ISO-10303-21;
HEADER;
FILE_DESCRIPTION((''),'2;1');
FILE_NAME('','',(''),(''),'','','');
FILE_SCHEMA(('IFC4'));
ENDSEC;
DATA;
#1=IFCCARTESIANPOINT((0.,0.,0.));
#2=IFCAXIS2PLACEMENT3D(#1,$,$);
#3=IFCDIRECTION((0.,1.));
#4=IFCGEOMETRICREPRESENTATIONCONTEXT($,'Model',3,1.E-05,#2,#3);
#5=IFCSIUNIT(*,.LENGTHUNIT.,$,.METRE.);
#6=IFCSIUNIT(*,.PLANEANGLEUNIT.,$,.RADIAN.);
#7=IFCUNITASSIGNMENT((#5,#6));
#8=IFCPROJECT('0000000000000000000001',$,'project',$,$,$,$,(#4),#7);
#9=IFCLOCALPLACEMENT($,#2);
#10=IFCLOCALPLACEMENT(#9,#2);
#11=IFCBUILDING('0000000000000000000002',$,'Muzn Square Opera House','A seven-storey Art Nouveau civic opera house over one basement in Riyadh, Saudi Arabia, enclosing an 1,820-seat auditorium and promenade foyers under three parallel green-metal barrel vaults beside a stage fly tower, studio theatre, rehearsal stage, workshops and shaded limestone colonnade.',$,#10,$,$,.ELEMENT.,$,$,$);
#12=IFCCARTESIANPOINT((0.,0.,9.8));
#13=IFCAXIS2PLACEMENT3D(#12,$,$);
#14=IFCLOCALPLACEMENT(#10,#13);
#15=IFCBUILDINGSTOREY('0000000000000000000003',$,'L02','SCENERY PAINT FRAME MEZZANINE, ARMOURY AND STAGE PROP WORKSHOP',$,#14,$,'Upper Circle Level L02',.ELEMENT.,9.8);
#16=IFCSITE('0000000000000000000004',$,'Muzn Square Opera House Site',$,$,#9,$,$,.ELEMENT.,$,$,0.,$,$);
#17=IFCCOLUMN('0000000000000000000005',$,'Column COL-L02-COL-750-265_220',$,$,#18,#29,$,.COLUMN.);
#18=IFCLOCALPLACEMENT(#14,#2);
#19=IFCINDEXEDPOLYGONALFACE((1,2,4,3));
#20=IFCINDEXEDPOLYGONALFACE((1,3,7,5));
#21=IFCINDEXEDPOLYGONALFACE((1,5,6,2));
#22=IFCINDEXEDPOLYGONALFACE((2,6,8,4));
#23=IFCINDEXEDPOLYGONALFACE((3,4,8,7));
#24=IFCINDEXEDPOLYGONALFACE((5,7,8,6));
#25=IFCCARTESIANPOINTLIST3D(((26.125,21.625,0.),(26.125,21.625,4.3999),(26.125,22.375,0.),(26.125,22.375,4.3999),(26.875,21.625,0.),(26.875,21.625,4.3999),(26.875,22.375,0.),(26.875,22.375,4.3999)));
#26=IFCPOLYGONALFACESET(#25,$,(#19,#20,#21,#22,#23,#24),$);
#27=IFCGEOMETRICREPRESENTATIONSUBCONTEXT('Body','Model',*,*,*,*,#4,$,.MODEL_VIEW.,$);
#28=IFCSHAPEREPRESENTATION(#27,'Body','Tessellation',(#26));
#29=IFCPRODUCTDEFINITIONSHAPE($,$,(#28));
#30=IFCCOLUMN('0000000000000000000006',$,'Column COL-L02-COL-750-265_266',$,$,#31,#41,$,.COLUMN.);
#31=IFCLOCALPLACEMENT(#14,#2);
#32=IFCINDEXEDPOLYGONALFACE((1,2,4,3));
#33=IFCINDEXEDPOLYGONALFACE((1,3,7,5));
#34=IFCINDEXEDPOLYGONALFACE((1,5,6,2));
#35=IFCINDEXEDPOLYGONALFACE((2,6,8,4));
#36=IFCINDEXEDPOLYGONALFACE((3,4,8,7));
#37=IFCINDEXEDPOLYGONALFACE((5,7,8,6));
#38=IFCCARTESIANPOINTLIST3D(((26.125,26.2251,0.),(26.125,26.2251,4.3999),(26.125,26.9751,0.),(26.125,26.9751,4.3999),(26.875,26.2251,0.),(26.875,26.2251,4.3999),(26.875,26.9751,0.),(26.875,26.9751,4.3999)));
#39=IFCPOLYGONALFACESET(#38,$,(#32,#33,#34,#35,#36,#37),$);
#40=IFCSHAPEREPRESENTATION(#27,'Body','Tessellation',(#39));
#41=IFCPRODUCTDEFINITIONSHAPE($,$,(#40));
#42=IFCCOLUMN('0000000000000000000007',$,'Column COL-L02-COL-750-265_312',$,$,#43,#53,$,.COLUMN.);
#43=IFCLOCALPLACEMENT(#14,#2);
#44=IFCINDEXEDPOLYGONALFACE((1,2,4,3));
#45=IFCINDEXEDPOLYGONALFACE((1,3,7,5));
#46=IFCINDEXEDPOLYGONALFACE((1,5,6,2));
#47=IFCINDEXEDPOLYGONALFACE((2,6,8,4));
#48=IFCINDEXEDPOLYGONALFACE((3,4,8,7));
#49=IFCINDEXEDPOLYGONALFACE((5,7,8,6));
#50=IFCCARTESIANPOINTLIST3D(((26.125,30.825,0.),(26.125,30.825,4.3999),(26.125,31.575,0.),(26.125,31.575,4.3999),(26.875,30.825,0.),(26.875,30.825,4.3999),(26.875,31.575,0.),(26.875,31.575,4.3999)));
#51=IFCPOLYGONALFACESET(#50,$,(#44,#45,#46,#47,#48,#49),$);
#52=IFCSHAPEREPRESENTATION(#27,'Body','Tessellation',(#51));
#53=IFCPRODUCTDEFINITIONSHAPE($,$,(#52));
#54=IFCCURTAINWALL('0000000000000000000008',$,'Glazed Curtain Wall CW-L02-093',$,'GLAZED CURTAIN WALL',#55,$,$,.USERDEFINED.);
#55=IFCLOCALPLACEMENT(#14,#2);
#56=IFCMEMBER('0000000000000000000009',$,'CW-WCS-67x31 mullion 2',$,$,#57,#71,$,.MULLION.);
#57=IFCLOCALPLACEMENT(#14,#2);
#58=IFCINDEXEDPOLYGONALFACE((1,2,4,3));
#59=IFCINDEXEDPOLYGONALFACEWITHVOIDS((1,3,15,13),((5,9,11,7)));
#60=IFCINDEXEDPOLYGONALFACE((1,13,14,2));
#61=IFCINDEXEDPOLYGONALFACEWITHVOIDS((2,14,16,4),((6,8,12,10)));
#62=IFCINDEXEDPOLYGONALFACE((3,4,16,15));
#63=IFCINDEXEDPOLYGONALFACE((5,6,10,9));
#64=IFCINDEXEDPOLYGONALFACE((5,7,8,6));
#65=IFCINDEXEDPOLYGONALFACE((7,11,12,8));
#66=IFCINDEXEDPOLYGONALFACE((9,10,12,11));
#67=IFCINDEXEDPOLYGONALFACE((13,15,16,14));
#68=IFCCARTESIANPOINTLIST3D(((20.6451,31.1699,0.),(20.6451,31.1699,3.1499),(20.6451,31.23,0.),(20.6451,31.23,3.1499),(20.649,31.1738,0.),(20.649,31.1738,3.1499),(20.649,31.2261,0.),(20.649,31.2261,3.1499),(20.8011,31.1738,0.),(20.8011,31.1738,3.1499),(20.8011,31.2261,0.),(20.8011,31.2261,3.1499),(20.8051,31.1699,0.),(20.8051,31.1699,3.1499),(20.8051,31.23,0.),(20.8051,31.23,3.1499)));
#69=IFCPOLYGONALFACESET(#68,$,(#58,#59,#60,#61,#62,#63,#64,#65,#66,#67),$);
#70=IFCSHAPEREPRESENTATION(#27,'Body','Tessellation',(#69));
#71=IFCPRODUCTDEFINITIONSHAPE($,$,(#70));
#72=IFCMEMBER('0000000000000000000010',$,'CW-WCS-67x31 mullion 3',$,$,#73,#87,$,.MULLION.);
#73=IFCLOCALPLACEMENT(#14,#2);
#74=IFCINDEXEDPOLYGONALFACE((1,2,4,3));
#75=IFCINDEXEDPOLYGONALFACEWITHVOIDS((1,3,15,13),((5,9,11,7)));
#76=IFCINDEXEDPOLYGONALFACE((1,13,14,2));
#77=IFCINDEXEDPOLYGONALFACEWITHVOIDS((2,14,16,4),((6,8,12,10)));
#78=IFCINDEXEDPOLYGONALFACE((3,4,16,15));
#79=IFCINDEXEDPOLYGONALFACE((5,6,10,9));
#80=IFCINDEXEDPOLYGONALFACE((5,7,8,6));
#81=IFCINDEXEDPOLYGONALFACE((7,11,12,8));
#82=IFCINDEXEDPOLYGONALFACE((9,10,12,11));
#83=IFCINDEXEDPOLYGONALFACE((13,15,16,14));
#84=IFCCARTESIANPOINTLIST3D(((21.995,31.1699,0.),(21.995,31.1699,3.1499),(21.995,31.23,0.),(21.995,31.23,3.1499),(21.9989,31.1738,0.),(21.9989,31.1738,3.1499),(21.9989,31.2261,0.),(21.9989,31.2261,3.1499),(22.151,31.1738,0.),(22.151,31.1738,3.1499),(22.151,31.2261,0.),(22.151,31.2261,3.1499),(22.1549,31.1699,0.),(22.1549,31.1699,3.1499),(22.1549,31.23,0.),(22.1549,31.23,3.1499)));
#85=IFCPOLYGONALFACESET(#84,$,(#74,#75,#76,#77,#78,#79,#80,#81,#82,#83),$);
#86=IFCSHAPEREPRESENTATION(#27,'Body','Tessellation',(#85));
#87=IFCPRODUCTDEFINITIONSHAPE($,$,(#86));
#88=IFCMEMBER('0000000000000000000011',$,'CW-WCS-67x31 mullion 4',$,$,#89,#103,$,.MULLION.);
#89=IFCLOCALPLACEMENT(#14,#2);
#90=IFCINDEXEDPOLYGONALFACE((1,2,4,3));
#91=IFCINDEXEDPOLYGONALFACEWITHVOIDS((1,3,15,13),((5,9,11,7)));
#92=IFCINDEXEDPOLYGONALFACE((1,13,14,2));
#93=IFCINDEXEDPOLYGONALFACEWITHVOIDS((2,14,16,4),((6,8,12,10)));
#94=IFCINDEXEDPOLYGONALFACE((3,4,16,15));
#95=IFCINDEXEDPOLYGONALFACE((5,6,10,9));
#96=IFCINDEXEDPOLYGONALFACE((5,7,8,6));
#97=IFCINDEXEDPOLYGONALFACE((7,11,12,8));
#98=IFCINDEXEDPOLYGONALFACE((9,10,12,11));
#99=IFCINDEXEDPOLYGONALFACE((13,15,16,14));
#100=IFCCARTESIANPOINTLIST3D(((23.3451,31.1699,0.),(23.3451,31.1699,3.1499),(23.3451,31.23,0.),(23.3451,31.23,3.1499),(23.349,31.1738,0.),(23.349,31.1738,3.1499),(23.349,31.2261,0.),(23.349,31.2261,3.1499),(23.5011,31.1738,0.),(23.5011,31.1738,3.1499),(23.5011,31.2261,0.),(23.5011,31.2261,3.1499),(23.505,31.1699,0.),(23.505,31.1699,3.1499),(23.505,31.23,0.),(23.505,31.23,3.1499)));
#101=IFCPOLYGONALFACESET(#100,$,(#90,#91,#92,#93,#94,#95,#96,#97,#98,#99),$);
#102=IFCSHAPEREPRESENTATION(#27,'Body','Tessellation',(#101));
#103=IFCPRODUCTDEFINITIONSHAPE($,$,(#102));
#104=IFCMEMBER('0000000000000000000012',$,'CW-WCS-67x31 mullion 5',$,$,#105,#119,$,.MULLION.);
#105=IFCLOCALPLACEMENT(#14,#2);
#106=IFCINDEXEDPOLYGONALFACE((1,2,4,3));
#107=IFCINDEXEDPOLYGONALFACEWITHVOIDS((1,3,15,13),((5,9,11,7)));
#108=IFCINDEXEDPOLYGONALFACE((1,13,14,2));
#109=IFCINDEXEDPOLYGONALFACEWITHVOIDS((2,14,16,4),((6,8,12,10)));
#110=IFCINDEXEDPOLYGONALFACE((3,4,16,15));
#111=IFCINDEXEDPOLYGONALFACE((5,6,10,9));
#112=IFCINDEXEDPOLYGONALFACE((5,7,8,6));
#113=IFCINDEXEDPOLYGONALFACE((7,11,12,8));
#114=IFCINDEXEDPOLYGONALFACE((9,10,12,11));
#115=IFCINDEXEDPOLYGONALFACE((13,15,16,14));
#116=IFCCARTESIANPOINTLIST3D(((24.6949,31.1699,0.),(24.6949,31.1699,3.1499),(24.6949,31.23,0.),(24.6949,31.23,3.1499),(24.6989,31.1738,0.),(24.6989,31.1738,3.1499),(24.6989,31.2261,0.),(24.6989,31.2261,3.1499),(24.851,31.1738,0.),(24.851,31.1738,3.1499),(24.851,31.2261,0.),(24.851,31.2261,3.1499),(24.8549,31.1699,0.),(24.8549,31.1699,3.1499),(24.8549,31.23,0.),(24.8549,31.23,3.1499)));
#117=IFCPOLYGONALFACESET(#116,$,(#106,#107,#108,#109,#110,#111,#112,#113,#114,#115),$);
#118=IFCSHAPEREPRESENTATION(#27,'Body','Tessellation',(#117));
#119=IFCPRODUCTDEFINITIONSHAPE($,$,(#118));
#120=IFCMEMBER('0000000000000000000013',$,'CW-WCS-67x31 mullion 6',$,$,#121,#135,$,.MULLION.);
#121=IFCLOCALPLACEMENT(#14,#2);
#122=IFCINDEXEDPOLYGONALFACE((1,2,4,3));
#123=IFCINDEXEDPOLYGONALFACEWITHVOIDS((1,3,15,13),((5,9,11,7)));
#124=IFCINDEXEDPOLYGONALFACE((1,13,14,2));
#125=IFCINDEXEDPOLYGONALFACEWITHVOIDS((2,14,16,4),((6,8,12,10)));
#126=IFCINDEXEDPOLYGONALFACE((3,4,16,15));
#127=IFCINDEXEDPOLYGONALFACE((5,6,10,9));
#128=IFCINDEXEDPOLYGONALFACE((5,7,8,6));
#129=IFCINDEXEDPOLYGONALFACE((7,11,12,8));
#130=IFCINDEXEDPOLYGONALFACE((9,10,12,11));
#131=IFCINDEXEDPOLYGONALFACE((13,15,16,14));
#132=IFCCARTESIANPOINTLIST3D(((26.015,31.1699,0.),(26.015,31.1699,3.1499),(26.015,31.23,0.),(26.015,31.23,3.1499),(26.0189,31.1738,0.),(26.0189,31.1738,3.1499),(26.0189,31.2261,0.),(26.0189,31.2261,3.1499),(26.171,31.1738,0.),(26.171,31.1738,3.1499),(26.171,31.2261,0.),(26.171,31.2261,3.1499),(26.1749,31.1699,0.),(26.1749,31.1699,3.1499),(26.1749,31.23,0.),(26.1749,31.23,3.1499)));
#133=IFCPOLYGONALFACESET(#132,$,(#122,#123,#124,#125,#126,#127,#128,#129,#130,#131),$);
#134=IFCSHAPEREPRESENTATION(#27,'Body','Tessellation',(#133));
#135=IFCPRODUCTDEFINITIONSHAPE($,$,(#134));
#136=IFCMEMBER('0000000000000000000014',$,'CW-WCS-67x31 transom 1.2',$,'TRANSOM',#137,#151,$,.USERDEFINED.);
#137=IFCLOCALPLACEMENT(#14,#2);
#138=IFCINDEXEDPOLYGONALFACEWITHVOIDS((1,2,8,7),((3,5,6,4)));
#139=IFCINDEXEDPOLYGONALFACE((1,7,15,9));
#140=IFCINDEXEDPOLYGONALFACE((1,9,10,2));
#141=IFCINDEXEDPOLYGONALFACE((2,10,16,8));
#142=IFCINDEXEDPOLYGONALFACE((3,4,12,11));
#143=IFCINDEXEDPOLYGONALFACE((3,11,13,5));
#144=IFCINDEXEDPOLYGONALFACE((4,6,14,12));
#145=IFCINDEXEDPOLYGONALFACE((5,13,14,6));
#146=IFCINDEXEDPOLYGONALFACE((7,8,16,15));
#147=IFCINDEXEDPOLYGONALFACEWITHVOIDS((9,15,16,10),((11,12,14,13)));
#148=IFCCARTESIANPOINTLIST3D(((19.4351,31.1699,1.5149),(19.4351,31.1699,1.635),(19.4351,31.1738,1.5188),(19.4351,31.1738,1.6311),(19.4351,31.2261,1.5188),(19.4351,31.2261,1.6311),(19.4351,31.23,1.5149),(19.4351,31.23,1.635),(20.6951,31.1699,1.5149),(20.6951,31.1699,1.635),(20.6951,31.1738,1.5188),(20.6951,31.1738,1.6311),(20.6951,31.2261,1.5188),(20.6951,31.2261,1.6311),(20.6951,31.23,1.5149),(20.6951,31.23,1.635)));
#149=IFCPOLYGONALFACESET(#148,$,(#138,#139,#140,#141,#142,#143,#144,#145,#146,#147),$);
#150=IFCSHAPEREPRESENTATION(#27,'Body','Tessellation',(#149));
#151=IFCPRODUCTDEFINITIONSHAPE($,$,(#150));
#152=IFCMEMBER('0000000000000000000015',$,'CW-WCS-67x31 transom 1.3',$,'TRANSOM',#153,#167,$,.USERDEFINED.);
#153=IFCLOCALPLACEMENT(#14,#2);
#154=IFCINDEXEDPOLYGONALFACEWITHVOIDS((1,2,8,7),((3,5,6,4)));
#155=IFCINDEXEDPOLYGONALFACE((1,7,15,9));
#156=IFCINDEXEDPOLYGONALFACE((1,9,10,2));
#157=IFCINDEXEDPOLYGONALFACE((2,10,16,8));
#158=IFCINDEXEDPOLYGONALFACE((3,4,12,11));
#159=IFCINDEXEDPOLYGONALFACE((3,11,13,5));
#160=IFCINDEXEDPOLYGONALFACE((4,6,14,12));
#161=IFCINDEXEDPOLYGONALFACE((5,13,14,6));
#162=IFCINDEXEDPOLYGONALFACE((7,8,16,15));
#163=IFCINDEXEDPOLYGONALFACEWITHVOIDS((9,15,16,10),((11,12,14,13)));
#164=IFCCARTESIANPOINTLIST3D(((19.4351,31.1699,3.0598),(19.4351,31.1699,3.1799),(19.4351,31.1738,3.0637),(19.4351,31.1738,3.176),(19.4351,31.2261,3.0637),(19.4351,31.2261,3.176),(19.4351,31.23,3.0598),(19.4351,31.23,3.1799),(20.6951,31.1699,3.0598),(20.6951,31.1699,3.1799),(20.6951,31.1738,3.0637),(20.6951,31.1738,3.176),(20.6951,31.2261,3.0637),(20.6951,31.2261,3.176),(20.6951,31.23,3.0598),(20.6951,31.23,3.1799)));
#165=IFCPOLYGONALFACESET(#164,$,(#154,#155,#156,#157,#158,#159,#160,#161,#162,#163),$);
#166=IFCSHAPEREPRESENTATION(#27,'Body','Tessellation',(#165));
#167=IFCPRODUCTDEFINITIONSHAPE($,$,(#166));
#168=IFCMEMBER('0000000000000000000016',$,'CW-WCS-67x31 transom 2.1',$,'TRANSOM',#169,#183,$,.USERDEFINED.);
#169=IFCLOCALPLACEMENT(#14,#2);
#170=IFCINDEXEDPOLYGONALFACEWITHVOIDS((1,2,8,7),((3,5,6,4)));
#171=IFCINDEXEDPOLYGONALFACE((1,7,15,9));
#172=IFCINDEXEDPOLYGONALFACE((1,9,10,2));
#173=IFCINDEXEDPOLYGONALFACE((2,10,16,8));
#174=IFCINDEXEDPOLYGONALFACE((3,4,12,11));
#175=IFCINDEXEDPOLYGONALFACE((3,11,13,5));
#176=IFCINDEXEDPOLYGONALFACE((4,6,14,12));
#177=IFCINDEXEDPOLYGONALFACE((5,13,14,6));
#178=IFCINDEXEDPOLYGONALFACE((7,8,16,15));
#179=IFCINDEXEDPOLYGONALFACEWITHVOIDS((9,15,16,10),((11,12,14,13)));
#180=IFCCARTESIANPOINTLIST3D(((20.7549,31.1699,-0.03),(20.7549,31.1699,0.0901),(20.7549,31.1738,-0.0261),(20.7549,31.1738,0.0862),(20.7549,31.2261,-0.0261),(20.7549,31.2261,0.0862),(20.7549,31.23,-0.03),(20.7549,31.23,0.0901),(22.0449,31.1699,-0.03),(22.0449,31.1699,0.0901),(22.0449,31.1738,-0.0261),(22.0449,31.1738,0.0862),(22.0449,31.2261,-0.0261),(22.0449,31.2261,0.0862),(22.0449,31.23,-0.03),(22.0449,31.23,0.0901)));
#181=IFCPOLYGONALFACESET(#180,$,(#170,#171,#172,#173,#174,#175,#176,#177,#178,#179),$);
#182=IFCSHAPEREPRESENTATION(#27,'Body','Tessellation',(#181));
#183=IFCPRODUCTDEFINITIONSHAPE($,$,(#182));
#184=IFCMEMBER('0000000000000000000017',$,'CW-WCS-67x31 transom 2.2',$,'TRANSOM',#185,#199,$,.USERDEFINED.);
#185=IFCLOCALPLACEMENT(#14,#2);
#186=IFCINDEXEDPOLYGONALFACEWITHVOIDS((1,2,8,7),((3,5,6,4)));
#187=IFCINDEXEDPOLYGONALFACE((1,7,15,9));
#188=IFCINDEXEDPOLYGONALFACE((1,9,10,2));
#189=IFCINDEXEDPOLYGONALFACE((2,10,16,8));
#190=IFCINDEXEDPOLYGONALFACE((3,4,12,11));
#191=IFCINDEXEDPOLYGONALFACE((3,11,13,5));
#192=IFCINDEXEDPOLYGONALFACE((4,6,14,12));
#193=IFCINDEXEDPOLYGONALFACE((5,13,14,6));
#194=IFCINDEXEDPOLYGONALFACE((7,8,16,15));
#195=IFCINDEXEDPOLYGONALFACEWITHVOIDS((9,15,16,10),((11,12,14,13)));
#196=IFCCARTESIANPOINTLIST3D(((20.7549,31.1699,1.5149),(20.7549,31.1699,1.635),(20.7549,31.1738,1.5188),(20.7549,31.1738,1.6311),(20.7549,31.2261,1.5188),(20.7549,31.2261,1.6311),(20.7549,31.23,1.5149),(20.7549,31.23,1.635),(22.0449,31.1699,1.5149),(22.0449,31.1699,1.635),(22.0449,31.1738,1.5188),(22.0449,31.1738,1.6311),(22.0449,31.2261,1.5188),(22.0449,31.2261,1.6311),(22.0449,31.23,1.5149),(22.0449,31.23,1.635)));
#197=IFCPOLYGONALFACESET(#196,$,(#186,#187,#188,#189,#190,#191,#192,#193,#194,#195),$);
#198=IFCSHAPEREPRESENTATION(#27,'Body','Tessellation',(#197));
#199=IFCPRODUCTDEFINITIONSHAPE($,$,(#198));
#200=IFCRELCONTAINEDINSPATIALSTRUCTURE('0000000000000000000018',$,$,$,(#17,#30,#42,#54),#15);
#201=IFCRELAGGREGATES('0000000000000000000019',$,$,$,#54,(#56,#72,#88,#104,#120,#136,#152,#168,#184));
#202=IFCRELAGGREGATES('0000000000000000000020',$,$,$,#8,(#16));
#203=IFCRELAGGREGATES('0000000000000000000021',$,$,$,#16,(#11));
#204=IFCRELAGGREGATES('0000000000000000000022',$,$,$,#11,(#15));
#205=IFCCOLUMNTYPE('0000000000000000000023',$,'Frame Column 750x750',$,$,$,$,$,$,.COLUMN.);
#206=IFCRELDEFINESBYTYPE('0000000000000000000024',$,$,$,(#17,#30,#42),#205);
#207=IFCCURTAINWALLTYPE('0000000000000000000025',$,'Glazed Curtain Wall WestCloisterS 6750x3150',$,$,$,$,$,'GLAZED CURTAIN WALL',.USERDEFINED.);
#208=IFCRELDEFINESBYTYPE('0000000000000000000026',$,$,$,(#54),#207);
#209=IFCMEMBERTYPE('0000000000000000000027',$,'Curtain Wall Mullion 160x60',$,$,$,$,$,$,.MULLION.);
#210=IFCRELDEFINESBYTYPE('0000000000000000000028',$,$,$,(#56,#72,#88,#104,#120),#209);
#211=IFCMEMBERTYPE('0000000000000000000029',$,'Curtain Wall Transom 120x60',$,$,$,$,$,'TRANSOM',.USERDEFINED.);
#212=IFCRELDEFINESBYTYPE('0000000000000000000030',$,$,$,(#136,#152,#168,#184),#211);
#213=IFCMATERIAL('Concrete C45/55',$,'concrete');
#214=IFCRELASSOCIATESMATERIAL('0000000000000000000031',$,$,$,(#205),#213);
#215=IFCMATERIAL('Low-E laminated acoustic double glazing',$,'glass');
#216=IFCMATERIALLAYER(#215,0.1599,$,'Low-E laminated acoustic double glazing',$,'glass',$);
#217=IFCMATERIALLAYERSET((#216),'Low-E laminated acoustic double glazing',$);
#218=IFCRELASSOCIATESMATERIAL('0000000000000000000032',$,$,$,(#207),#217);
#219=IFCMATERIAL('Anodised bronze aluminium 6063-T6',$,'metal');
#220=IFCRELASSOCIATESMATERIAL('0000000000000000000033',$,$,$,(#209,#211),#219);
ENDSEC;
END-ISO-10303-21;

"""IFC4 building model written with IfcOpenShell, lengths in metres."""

from ifc_helpers import new_model, si_unit, direction, frame, origin, origin_2d, place, context, subcontext, project, spatial, rectangle, hollow_rectangle, extrude, material, layer, layer_set, material_profile, profile_set, type_object, element, aggregate, save


model = new_model("IFC4")

# Units and contexts
model_context = context("Model", 3, precision=1e-05, world=origin(), true_north=direction((0.0, 1.0)))
body_context = subcontext(model_context, "Body", "Model", "MODEL_VIEW")
ifc_project = project(units=[si_unit("LENGTHUNIT", "METRE"), si_unit("PLANEANGLEUNIT", "RADIAN")], contexts=[model_context])

# Site, building, storey
site_placement = place(None, origin())
site = spatial("IfcSite", under=ifc_project, at=site_placement, Name="Muzn Square Opera House Site", CompositionType="ELEMENT", RefElevation=0.0)
building_placement = place(site_placement, origin())
building = spatial("IfcBuilding", under=site, at=building_placement, Name="Muzn Square Opera House", Description="A seven-storey Art Nouveau civic opera house over one basement in Riyadh, Saudi Arabia, enclosing an 1,820-seat auditorium and promenade foyers under three parallel green-metal barrel vaults beside a stage fly tower, studio theatre, rehearsal stage, workshops and shaded limestone colonnade.", CompositionType="ELEMENT")
storey_placement = place(building_placement, frame((0.0, 0.0, 9.8)))
storey = spatial("IfcBuildingStorey", under=building, at=storey_placement, Name="L02", Description="SCENERY PAINT FRAME MEZZANINE, ARMOURY AND STAGE PROP WORKSHOP", LongName="Upper Circle Level L02", CompositionType="ELEMENT", Elevation=9.8)

# Columns
ifc_material_1 = material(Name="Concrete C45/55", Category="concrete")
ifc_material_profile_1 = material_profile(ifc_material_1, rectangle(XDim=0.75, YDim=0.75, at=origin_2d()), Name="RC 750x750", Category="concrete")
ifc_profile_set_1 = profile_set([ifc_material_profile_1], Name="Concrete C45/55")
column_type = type_object("IfcColumnType", Name="Frame Column 750x750", PredefinedType="COLUMN", material=ifc_profile_set_1)
for number, where, z_axis, x_axis, name in (
    (1, (26.5, 22.0, 0.0), (0.0, 0.0, 1.0), (1.0, 0.0, 0.0), "Column COL-L02-COL-750-265_220"),
    (2, (26.5, 26.6001, 0.0), (0.0, 0.0, 1.0), (1.0, 0.0, 0.0), "Column COL-L02-COL-750-265_266"),
    (3, (26.5, 31.2, 0.0), (0.0, 0.0, 1.0), (1.0, 0.0, 0.0), "Column COL-L02-COL-750-265_312"),
):
    element("IfcColumn", number, at=place(storey_placement, frame(where, z_axis=z_axis, x_axis=x_axis)), inside=storey, type_object=column_type, Name=name, PredefinedType="COLUMN", context=body_context, shape_type="SweptSolid", body=[
        extrude(rectangle(XDim=0.75, YDim=0.75, at=origin_2d()), origin(), (0.0, 0.0, 1.0), 4.3999),
    ])

# Curtain wall, members
ifc_material_2 = material(Name="Low-E laminated acoustic double glazing", Category="glass")
ifc_layer_1 = layer(ifc_material_2, 0.1599, Name="Low-E laminated acoustic double glazing", Category="glass")
ifc_layer_set_1 = layer_set([ifc_layer_1], Name="Low-E laminated acoustic double glazing")
curtain_wall_type = type_object("IfcCurtainWallType", Name="Glazed Curtain Wall WestCloisterS 6750x3150", ElementType="GLAZED CURTAIN WALL", PredefinedType="USERDEFINED", material=ifc_layer_set_1)
curtain_wall_placement = place(storey_placement, origin())
curtain_wall = element("IfcCurtainWall", 4, at=curtain_wall_placement, inside=storey, type_object=curtain_wall_type, Name="Glazed Curtain Wall CW-L02-093", ObjectType="GLAZED CURTAIN WALL", PredefinedType="USERDEFINED")
ifc_material_3 = material(Name="Anodised bronze aluminium 6063-T6", Category="metal")
ifc_material_profile_2 = material_profile(ifc_material_3, hollow_rectangle(XDim=0.0601, YDim=0.1599, WallThickness=0.0039, at=origin_2d()), Name="ALU 160x60x4", Category="metal")
ifc_profile_set_2 = profile_set([ifc_material_profile_2], Name="Anodised bronze aluminium 6063-T6")
member_type_1 = type_object("IfcMemberType", Name="Curtain Wall Mullion 160x60", PredefinedType="MULLION", material=ifc_profile_set_2)
member_1_placement = place(storey_placement, frame((20.7251, 31.2, 0.0), z_axis=(0.0, 0.0, 1.0), x_axis=(0.0, 1.0, 0.0)))
member_1 = element("IfcMember", 5, at=member_1_placement, type_object=member_type_1, Name="CW-WCS-67x31 mullion 2", PredefinedType="MULLION", context=body_context, shape_type="SweptSolid", body=[
    extrude(hollow_rectangle(XDim=0.0601, YDim=0.1599, WallThickness=0.0039, at=origin_2d()), origin(), (0.0, 0.0, 1.0), 3.1499),
])
member_2_placement = place(storey_placement, frame((22.075, 31.2, 0.0), z_axis=(0.0, 0.0, 1.0), x_axis=(0.0, 1.0, 0.0)))
member_2 = element("IfcMember", 6, at=member_2_placement, type_object=member_type_1, Name="CW-WCS-67x31 mullion 3", PredefinedType="MULLION", context=body_context, shape_type="SweptSolid", body=[
    extrude(hollow_rectangle(XDim=0.0601, YDim=0.1599, WallThickness=0.0039, at=origin_2d()), origin(), (0.0, 0.0, 1.0), 3.1499),
])
member_3_placement = place(storey_placement, frame((23.425, 31.2, 0.0), z_axis=(0.0, 0.0, 1.0), x_axis=(0.0, 1.0, 0.0)))
member_3 = element("IfcMember", 7, at=member_3_placement, type_object=member_type_1, Name="CW-WCS-67x31 mullion 4", PredefinedType="MULLION", context=body_context, shape_type="SweptSolid", body=[
    extrude(hollow_rectangle(XDim=0.0601, YDim=0.1599, WallThickness=0.0039, at=origin_2d()), origin(), (0.0, 0.0, 1.0), 3.1499),
])
member_4_placement = place(storey_placement, frame((24.7749, 31.2, 0.0), z_axis=(0.0, 0.0, 1.0), x_axis=(0.0, 1.0, 0.0)))
member_4 = element("IfcMember", 8, at=member_4_placement, type_object=member_type_1, Name="CW-WCS-67x31 mullion 5", PredefinedType="MULLION", context=body_context, shape_type="SweptSolid", body=[
    extrude(hollow_rectangle(XDim=0.0601, YDim=0.1599, WallThickness=0.0039, at=origin_2d()), origin(), (0.0, 0.0, 1.0), 3.1499),
])
member_5_placement = place(storey_placement, frame((26.095, 31.2, 0.0), z_axis=(0.0, 0.0, 1.0), x_axis=(0.0, 1.0, 0.0)))
member_5 = element("IfcMember", 9, at=member_5_placement, type_object=member_type_1, Name="CW-WCS-67x31 mullion 6", PredefinedType="MULLION", context=body_context, shape_type="SweptSolid", body=[
    extrude(hollow_rectangle(XDim=0.0601, YDim=0.1599, WallThickness=0.0039, at=origin_2d()), origin(), (0.0, 0.0, 1.0), 3.1499),
])
ifc_material_profile_3 = material_profile(ifc_material_3, hollow_rectangle(XDim=0.0601, YDim=0.1201, WallThickness=0.0039, at=origin_2d()), Name="ALU 120x60x4", Category="metal")
ifc_profile_set_3 = profile_set([ifc_material_profile_3], Name="Anodised bronze aluminium 6063-T6")
member_type_2 = type_object("IfcMemberType", Name="Curtain Wall Transom 120x60", ElementType="TRANSOM", PredefinedType="USERDEFINED", material=ifc_profile_set_3)
member_6_placement = place(storey_placement, frame((19.4351, 31.2, 1.575), z_axis=(1.0, 0.0, 0.0), x_axis=(0.0, 1.0, 0.0)))
member_6 = element("IfcMember", 10, at=member_6_placement, type_object=member_type_2, Name="CW-WCS-67x31 transom 1.2", ObjectType="TRANSOM", PredefinedType="USERDEFINED", context=body_context, shape_type="SweptSolid", body=[
    extrude(hollow_rectangle(XDim=0.0601, YDim=0.1201, WallThickness=0.0039, at=origin_2d()), origin(), (0.0, 0.0, 1.0), 1.26),
])
member_7_placement = place(storey_placement, frame((19.4351, 31.2, 3.1199), z_axis=(1.0, 0.0, 0.0), x_axis=(0.0, 1.0, 0.0)))
member_7 = element("IfcMember", 11, at=member_7_placement, type_object=member_type_2, Name="CW-WCS-67x31 transom 1.3", ObjectType="TRANSOM", PredefinedType="USERDEFINED", context=body_context, shape_type="SweptSolid", body=[
    extrude(hollow_rectangle(XDim=0.0601, YDim=0.1201, WallThickness=0.0039, at=origin_2d()), origin(), (0.0, 0.0, 1.0), 1.26),
])
member_8_placement = place(storey_placement, frame((20.7549, 31.2, 0.03), z_axis=(1.0, 0.0, 0.0), x_axis=(0.0, 1.0, 0.0)))
member_8 = element("IfcMember", 12, at=member_8_placement, type_object=member_type_2, Name="CW-WCS-67x31 transom 2.1", ObjectType="TRANSOM", PredefinedType="USERDEFINED", context=body_context, shape_type="SweptSolid", body=[
    extrude(hollow_rectangle(XDim=0.0601, YDim=0.1201, WallThickness=0.0039, at=origin_2d()), origin(), (0.0, 0.0, 1.0), 1.29),
])
member_9_placement = place(storey_placement, frame((20.7549, 31.2, 1.575), z_axis=(1.0, 0.0, 0.0), x_axis=(0.0, 1.0, 0.0)))
member_9 = element("IfcMember", 13, at=member_9_placement, type_object=member_type_2, Name="CW-WCS-67x31 transom 2.2", ObjectType="TRANSOM", PredefinedType="USERDEFINED", context=body_context, shape_type="SweptSolid", body=[
    extrude(hollow_rectangle(XDim=0.0601, YDim=0.1201, WallThickness=0.0039, at=origin_2d()), origin(), (0.0, 0.0, 1.0), 1.29),
])

aggregate(curtain_wall, [member_1, member_2, member_3, member_4, member_5, member_6, member_7, member_8, member_9])

save(model, "model.ifc")
